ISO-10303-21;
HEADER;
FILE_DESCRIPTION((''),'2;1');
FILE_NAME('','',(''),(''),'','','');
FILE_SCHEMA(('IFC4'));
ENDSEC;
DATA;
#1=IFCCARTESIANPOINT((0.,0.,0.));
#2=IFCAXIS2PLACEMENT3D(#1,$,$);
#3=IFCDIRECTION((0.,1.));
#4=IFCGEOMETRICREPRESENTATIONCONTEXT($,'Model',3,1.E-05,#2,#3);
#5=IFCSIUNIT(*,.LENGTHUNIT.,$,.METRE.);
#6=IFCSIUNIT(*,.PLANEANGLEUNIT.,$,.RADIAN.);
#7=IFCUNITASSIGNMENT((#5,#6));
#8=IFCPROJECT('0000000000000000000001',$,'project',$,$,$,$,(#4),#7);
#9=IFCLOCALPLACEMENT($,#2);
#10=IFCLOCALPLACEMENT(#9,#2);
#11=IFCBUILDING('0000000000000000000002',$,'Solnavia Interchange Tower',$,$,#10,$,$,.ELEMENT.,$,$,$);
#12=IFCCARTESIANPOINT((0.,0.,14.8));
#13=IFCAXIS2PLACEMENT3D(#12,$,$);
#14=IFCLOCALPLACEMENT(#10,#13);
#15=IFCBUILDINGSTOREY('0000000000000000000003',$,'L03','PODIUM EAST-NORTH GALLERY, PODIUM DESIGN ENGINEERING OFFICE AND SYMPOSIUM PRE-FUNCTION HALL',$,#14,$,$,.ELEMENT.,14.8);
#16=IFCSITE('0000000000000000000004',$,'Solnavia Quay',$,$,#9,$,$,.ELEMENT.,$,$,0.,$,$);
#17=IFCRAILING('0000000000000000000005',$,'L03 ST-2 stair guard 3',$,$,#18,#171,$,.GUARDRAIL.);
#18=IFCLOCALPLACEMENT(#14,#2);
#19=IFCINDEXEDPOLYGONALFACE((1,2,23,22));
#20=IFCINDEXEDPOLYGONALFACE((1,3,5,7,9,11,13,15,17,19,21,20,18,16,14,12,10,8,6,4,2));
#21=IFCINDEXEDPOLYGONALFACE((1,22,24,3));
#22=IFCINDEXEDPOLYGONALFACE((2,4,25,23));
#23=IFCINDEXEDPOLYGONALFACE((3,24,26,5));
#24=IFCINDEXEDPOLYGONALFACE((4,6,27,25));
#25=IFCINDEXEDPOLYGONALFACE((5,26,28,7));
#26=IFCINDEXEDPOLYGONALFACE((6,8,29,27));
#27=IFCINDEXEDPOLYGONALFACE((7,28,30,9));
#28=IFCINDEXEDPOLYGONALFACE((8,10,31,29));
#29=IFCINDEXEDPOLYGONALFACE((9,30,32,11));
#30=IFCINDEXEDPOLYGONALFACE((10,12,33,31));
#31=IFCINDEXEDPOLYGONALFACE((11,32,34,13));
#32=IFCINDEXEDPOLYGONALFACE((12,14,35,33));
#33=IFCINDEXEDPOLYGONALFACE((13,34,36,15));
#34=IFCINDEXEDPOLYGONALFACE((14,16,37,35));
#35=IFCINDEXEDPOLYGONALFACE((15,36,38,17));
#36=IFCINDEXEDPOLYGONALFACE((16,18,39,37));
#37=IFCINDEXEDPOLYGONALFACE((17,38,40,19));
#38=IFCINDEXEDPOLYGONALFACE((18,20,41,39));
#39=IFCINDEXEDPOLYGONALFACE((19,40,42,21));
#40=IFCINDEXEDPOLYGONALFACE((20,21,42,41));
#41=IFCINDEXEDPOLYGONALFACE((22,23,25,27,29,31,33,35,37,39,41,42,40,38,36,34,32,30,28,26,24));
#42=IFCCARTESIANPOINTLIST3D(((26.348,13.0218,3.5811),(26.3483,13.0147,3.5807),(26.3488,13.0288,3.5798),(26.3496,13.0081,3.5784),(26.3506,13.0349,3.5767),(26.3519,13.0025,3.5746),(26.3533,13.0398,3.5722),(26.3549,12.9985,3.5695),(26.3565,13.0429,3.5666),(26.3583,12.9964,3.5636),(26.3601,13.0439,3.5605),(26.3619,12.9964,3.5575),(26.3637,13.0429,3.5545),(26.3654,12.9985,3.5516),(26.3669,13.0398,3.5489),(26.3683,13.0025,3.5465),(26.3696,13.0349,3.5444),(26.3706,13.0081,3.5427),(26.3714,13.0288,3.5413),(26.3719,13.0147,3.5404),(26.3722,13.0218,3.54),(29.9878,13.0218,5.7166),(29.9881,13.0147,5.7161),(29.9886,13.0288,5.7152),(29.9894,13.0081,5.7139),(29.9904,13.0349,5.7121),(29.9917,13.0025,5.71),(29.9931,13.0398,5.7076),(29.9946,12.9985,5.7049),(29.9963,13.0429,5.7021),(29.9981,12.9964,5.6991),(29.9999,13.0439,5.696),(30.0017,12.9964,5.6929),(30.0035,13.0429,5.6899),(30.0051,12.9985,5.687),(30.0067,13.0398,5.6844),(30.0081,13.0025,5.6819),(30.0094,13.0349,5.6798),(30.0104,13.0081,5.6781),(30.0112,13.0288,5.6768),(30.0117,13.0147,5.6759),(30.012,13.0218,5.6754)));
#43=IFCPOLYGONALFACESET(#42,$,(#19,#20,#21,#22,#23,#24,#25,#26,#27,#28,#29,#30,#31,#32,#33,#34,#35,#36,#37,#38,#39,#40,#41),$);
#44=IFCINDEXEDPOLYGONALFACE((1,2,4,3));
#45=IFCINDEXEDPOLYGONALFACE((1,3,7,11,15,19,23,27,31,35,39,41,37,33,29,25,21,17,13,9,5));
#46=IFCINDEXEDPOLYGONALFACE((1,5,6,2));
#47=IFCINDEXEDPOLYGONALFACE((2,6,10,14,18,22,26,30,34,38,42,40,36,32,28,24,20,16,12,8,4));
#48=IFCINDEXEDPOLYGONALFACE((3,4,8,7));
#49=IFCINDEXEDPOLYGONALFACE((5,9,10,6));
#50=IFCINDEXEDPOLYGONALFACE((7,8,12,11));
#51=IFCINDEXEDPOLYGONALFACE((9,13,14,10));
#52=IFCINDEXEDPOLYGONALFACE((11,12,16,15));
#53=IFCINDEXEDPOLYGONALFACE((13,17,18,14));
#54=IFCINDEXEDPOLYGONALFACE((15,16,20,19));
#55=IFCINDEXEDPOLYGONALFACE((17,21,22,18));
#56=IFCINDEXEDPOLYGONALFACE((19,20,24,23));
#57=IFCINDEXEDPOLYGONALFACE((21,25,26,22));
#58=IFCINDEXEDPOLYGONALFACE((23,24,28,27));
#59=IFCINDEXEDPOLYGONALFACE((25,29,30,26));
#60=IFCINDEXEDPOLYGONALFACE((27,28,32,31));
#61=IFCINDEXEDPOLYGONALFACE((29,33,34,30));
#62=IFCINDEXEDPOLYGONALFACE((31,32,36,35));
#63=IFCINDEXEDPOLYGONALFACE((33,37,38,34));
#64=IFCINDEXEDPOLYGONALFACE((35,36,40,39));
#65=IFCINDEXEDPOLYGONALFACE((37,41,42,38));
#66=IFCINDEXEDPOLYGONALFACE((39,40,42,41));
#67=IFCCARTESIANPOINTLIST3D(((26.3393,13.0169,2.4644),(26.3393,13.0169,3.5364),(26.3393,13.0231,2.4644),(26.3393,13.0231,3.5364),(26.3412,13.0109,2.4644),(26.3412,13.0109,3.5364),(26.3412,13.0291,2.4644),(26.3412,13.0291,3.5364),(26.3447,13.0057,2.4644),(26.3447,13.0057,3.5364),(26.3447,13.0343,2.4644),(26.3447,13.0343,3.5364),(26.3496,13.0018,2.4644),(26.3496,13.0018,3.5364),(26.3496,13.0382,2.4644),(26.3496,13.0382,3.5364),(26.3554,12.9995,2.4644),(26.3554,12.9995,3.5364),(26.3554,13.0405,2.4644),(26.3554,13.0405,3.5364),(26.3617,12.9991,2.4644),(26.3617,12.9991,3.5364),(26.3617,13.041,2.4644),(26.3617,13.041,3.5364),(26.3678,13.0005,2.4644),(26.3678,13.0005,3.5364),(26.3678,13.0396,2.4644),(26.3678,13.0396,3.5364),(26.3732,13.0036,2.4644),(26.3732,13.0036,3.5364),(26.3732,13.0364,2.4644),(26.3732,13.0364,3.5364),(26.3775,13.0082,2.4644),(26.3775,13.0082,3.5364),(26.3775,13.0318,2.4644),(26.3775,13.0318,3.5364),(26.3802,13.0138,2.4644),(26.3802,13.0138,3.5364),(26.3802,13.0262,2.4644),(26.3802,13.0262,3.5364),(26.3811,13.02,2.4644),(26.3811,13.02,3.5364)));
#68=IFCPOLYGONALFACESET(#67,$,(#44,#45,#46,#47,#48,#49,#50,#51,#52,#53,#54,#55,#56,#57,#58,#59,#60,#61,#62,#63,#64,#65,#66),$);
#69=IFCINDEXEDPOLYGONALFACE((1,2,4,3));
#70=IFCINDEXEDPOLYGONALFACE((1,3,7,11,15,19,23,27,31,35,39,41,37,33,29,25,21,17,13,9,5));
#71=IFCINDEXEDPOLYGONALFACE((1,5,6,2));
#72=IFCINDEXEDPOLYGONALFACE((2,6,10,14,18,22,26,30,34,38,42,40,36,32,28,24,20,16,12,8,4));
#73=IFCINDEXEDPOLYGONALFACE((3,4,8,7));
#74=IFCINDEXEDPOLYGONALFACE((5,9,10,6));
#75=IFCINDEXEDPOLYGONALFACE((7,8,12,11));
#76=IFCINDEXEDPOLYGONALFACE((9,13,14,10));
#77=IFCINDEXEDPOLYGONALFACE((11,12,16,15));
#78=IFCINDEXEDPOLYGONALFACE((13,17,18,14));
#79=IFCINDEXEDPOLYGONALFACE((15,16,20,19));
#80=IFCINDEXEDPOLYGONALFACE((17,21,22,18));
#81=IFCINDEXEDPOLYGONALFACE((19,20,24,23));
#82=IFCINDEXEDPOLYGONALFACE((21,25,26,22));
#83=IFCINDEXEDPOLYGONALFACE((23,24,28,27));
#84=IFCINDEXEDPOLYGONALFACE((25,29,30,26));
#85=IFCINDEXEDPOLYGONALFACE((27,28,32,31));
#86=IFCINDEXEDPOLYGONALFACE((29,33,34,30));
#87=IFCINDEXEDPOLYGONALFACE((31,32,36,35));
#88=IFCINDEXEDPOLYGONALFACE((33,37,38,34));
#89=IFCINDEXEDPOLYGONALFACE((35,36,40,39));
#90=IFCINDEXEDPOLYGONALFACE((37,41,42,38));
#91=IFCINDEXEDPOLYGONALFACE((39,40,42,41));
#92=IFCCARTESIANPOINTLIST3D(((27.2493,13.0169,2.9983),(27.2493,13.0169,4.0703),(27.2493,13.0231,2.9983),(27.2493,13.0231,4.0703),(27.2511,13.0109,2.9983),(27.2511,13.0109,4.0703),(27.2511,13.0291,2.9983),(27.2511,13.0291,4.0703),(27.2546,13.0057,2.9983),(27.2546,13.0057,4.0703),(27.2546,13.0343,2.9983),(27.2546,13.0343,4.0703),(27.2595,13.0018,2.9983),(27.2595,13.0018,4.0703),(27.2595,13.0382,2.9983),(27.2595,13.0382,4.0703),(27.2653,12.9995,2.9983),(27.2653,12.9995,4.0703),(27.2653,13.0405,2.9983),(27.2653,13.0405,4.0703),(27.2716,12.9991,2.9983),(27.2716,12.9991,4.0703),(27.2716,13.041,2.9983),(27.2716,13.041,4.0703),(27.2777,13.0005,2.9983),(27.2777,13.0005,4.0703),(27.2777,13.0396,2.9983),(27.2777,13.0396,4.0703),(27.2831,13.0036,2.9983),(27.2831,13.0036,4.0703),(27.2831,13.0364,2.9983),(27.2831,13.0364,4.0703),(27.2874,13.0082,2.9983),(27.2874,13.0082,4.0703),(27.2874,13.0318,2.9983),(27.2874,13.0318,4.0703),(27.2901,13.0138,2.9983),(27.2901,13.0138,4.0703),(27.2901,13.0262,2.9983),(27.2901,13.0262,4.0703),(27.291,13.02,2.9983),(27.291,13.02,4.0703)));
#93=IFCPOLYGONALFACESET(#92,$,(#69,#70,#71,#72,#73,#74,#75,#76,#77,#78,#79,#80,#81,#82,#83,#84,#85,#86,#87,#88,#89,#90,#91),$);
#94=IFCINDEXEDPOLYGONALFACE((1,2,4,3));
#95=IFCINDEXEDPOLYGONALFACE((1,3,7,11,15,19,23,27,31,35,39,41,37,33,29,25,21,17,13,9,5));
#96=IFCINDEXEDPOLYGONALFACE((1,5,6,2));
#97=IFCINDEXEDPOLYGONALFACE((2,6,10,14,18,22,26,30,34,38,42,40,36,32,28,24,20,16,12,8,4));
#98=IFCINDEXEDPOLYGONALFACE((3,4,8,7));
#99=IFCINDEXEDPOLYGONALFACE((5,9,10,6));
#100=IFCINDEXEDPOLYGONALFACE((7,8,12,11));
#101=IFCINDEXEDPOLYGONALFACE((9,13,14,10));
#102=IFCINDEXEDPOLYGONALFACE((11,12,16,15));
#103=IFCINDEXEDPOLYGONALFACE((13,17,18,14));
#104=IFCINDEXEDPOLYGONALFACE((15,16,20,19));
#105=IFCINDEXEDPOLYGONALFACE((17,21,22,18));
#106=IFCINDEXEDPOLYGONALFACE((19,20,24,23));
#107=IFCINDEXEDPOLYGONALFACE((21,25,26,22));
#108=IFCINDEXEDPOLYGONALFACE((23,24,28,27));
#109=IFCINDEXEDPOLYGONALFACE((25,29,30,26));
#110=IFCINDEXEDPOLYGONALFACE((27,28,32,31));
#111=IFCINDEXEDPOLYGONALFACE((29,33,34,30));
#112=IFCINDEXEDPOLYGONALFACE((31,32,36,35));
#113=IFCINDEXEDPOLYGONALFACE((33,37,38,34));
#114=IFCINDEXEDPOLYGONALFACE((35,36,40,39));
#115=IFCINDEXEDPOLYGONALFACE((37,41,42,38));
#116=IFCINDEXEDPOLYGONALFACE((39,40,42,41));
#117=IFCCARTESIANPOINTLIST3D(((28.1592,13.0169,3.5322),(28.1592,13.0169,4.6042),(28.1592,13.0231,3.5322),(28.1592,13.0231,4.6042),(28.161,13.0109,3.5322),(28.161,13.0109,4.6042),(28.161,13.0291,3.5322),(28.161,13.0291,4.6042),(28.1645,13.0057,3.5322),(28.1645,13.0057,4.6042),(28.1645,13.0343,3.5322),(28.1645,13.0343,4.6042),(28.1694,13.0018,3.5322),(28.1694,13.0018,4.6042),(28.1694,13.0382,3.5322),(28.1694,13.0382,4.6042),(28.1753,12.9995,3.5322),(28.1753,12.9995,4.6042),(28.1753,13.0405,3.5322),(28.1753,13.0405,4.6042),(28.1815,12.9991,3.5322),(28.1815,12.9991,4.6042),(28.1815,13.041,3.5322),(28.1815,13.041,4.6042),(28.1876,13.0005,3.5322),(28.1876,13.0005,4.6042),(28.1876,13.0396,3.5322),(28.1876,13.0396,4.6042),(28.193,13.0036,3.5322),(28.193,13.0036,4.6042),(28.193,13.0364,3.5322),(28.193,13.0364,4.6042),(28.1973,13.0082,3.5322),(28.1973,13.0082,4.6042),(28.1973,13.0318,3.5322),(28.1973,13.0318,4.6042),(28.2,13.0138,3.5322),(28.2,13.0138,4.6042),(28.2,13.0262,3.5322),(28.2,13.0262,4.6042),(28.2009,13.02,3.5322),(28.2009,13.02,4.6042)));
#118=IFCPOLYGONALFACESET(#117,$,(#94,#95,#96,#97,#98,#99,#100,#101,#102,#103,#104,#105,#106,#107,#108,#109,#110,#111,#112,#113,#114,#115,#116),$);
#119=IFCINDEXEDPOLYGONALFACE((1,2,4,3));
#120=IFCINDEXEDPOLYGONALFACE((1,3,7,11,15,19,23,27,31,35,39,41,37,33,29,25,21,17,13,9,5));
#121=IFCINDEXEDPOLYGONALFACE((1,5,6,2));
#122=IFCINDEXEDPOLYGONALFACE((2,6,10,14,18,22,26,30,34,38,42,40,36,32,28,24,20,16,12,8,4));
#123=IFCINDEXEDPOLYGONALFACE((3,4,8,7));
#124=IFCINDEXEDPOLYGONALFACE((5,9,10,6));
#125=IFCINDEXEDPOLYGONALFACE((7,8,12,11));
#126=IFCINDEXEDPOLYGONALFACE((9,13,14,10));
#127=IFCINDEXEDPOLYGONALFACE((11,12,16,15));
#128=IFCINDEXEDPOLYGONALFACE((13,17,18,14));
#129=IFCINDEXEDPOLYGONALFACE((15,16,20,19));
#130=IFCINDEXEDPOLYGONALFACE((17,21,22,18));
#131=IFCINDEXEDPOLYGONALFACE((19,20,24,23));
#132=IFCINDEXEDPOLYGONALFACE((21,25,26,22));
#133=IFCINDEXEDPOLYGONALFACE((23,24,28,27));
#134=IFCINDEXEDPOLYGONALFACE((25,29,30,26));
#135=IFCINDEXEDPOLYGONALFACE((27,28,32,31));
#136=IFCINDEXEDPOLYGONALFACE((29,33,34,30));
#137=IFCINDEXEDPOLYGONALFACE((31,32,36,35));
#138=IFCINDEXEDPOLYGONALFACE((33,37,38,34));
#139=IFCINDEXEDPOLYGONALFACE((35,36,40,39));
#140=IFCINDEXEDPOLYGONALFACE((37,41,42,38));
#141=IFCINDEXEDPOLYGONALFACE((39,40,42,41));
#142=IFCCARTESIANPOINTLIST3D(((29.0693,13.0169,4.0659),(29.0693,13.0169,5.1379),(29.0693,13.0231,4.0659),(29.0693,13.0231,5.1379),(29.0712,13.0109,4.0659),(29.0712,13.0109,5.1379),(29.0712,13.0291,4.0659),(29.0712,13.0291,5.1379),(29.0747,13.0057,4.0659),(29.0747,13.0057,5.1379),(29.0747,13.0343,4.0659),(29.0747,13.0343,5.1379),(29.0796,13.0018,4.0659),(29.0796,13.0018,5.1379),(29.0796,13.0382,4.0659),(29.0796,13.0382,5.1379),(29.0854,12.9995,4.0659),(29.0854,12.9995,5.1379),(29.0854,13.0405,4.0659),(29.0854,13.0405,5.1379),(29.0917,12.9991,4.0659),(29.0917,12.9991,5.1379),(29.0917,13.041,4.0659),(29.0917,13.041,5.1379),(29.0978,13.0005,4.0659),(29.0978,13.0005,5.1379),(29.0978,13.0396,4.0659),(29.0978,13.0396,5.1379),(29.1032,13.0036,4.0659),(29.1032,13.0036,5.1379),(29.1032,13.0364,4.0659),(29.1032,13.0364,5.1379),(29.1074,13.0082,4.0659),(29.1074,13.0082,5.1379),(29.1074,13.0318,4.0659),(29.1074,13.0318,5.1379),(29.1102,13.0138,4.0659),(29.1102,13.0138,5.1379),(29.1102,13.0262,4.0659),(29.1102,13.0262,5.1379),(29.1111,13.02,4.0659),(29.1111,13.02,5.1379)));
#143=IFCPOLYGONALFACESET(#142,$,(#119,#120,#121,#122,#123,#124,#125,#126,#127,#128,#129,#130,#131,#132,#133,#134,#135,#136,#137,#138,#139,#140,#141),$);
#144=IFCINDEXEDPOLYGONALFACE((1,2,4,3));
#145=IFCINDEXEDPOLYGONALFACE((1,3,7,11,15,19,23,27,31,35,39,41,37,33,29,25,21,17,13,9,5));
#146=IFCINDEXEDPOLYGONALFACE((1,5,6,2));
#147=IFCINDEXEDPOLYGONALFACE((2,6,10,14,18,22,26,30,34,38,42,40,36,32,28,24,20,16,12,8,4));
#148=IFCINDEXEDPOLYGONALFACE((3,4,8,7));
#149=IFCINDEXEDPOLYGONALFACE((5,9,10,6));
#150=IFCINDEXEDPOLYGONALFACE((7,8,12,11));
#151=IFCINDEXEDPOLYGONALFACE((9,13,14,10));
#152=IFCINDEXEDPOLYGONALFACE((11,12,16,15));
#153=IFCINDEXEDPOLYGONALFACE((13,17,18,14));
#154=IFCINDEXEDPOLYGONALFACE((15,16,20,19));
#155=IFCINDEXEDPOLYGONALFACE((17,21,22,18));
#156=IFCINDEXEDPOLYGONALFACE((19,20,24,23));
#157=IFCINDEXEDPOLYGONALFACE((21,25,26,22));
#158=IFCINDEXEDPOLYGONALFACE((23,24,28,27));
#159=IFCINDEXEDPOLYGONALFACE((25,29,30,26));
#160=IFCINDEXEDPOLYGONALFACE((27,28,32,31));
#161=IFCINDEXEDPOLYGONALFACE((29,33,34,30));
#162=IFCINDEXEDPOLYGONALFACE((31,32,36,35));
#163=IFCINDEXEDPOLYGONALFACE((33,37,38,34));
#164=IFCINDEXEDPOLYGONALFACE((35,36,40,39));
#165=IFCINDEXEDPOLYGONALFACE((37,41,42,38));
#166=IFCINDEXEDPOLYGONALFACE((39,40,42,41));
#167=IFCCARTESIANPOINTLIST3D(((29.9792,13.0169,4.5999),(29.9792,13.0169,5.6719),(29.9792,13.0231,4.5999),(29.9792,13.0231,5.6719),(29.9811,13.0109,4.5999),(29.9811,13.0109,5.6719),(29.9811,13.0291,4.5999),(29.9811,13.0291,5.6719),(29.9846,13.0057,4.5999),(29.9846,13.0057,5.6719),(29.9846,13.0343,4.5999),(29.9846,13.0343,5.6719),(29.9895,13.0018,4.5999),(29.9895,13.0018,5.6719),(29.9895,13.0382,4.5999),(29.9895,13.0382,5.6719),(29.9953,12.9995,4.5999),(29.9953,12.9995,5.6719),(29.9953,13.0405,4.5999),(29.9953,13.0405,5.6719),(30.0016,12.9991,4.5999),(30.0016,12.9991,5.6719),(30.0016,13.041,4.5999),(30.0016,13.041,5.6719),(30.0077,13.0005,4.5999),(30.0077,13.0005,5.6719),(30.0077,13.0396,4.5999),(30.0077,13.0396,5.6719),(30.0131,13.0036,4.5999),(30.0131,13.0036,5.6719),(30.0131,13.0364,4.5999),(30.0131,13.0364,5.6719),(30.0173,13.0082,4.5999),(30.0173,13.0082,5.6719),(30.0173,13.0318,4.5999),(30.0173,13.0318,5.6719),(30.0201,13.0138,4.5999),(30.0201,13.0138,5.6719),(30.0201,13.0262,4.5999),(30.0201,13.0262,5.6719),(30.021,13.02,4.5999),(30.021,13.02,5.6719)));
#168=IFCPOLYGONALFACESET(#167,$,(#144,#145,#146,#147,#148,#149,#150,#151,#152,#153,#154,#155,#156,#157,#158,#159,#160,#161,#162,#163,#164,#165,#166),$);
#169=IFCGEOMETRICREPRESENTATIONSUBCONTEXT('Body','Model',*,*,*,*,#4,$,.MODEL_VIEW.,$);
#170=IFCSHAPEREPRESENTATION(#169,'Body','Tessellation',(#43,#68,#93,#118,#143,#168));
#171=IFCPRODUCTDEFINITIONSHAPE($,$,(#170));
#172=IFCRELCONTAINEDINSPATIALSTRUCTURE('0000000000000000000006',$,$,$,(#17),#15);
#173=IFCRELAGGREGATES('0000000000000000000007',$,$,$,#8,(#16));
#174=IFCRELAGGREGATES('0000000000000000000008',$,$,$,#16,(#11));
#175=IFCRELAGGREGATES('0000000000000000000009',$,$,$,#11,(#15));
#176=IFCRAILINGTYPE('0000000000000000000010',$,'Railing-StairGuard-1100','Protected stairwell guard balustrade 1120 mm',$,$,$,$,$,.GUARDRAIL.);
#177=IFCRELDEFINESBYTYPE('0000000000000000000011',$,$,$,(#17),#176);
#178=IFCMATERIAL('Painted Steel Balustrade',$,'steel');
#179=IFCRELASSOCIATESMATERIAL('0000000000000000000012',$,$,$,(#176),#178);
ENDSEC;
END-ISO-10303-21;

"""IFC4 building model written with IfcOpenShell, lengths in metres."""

from ifc_helpers import new_model, si_unit, direction, frame, origin, origin_2d, place, context, subcontext, project, spatial, circle, extrude, material, type_object, element, save


model = new_model("IFC4")

# Units and contexts
model_context = context("Model", 3, precision=1e-05, world=origin(), true_north=direction((0.0, 1.0)))
body_context = subcontext(model_context, "Body", "Model", "MODEL_VIEW")
ifc_project = project(units=[si_unit("LENGTHUNIT", "METRE"), si_unit("PLANEANGLEUNIT", "RADIAN")], contexts=[model_context])

# Site, building, storey
site_placement = place(None, origin())
site = spatial("IfcSite", under=ifc_project, at=site_placement, Name="Solnavia Quay", CompositionType="ELEMENT", RefElevation=0.0)
building_placement = place(site_placement, origin())
building = spatial("IfcBuilding", under=site, at=building_placement, Name="Solnavia Interchange Tower", CompositionType="ELEMENT")
storey_placement = place(building_placement, frame((0.0, 0.0, 14.8)))
storey = spatial("IfcBuildingStorey", under=building, at=storey_placement, Name="L03", Description="PODIUM EAST-NORTH GALLERY, PODIUM DESIGN ENGINEERING OFFICE AND SYMPOSIUM PRE-FUNCTION HALL", CompositionType="ELEMENT", Elevation=14.8)

# Railing
ifc_material_1 = material(Name="Painted Steel Balustrade", Category="steel")
railing_type_1 = type_object("IfcRailingType", Name="Railing-StairGuard-1100", Description="Protected stairwell guard balustrade 1120 mm", PredefinedType="GUARDRAIL", material=ifc_material_1)
railing_1_placement = place(storey_placement, frame((26.3601, 13.02, 2.4644)))
element("IfcRailing", 1, at=railing_1_placement, inside=storey, type_object=railing_type_1, Name="L03 ST-2 stair guard 3", PredefinedType="GUARDRAIL", context=body_context, shape_type="SweptSolid", body=[
    extrude(circle(Radius=0.0239, at=origin_2d()), frame((0.0, 0.0, 1.0962), z_axis=(0.862515, 0.0, 0.506031), x_axis=(0.0, 1.0, 0.0)), (0.0, 0.0, 1.0), 4.22),
    extrude(circle(Radius=0.021, at=origin_2d()), origin(), (0.0, 0.0, 1.0), 1.072),
    extrude(circle(Radius=0.021, at=origin_2d()), frame((0.9099, 0.0, 0.5339)), (0.0, 0.0, 1.0), 1.072),
    extrude(circle(Radius=0.021, at=origin_2d()), frame((1.8198, 0.0, 1.0679)), (0.0, 0.0, 1.0), 1.072),
    extrude(circle(Radius=0.021, at=origin_2d()), frame((2.73, 0.0, 1.6016)), (0.0, 0.0, 1.0), 1.072),
    extrude(circle(Radius=0.021, at=origin_2d()), frame((3.6399, 0.0, 2.1355)), (0.0, 0.0, 1.0), 1.072),
])

save(model, "model.ifc")
